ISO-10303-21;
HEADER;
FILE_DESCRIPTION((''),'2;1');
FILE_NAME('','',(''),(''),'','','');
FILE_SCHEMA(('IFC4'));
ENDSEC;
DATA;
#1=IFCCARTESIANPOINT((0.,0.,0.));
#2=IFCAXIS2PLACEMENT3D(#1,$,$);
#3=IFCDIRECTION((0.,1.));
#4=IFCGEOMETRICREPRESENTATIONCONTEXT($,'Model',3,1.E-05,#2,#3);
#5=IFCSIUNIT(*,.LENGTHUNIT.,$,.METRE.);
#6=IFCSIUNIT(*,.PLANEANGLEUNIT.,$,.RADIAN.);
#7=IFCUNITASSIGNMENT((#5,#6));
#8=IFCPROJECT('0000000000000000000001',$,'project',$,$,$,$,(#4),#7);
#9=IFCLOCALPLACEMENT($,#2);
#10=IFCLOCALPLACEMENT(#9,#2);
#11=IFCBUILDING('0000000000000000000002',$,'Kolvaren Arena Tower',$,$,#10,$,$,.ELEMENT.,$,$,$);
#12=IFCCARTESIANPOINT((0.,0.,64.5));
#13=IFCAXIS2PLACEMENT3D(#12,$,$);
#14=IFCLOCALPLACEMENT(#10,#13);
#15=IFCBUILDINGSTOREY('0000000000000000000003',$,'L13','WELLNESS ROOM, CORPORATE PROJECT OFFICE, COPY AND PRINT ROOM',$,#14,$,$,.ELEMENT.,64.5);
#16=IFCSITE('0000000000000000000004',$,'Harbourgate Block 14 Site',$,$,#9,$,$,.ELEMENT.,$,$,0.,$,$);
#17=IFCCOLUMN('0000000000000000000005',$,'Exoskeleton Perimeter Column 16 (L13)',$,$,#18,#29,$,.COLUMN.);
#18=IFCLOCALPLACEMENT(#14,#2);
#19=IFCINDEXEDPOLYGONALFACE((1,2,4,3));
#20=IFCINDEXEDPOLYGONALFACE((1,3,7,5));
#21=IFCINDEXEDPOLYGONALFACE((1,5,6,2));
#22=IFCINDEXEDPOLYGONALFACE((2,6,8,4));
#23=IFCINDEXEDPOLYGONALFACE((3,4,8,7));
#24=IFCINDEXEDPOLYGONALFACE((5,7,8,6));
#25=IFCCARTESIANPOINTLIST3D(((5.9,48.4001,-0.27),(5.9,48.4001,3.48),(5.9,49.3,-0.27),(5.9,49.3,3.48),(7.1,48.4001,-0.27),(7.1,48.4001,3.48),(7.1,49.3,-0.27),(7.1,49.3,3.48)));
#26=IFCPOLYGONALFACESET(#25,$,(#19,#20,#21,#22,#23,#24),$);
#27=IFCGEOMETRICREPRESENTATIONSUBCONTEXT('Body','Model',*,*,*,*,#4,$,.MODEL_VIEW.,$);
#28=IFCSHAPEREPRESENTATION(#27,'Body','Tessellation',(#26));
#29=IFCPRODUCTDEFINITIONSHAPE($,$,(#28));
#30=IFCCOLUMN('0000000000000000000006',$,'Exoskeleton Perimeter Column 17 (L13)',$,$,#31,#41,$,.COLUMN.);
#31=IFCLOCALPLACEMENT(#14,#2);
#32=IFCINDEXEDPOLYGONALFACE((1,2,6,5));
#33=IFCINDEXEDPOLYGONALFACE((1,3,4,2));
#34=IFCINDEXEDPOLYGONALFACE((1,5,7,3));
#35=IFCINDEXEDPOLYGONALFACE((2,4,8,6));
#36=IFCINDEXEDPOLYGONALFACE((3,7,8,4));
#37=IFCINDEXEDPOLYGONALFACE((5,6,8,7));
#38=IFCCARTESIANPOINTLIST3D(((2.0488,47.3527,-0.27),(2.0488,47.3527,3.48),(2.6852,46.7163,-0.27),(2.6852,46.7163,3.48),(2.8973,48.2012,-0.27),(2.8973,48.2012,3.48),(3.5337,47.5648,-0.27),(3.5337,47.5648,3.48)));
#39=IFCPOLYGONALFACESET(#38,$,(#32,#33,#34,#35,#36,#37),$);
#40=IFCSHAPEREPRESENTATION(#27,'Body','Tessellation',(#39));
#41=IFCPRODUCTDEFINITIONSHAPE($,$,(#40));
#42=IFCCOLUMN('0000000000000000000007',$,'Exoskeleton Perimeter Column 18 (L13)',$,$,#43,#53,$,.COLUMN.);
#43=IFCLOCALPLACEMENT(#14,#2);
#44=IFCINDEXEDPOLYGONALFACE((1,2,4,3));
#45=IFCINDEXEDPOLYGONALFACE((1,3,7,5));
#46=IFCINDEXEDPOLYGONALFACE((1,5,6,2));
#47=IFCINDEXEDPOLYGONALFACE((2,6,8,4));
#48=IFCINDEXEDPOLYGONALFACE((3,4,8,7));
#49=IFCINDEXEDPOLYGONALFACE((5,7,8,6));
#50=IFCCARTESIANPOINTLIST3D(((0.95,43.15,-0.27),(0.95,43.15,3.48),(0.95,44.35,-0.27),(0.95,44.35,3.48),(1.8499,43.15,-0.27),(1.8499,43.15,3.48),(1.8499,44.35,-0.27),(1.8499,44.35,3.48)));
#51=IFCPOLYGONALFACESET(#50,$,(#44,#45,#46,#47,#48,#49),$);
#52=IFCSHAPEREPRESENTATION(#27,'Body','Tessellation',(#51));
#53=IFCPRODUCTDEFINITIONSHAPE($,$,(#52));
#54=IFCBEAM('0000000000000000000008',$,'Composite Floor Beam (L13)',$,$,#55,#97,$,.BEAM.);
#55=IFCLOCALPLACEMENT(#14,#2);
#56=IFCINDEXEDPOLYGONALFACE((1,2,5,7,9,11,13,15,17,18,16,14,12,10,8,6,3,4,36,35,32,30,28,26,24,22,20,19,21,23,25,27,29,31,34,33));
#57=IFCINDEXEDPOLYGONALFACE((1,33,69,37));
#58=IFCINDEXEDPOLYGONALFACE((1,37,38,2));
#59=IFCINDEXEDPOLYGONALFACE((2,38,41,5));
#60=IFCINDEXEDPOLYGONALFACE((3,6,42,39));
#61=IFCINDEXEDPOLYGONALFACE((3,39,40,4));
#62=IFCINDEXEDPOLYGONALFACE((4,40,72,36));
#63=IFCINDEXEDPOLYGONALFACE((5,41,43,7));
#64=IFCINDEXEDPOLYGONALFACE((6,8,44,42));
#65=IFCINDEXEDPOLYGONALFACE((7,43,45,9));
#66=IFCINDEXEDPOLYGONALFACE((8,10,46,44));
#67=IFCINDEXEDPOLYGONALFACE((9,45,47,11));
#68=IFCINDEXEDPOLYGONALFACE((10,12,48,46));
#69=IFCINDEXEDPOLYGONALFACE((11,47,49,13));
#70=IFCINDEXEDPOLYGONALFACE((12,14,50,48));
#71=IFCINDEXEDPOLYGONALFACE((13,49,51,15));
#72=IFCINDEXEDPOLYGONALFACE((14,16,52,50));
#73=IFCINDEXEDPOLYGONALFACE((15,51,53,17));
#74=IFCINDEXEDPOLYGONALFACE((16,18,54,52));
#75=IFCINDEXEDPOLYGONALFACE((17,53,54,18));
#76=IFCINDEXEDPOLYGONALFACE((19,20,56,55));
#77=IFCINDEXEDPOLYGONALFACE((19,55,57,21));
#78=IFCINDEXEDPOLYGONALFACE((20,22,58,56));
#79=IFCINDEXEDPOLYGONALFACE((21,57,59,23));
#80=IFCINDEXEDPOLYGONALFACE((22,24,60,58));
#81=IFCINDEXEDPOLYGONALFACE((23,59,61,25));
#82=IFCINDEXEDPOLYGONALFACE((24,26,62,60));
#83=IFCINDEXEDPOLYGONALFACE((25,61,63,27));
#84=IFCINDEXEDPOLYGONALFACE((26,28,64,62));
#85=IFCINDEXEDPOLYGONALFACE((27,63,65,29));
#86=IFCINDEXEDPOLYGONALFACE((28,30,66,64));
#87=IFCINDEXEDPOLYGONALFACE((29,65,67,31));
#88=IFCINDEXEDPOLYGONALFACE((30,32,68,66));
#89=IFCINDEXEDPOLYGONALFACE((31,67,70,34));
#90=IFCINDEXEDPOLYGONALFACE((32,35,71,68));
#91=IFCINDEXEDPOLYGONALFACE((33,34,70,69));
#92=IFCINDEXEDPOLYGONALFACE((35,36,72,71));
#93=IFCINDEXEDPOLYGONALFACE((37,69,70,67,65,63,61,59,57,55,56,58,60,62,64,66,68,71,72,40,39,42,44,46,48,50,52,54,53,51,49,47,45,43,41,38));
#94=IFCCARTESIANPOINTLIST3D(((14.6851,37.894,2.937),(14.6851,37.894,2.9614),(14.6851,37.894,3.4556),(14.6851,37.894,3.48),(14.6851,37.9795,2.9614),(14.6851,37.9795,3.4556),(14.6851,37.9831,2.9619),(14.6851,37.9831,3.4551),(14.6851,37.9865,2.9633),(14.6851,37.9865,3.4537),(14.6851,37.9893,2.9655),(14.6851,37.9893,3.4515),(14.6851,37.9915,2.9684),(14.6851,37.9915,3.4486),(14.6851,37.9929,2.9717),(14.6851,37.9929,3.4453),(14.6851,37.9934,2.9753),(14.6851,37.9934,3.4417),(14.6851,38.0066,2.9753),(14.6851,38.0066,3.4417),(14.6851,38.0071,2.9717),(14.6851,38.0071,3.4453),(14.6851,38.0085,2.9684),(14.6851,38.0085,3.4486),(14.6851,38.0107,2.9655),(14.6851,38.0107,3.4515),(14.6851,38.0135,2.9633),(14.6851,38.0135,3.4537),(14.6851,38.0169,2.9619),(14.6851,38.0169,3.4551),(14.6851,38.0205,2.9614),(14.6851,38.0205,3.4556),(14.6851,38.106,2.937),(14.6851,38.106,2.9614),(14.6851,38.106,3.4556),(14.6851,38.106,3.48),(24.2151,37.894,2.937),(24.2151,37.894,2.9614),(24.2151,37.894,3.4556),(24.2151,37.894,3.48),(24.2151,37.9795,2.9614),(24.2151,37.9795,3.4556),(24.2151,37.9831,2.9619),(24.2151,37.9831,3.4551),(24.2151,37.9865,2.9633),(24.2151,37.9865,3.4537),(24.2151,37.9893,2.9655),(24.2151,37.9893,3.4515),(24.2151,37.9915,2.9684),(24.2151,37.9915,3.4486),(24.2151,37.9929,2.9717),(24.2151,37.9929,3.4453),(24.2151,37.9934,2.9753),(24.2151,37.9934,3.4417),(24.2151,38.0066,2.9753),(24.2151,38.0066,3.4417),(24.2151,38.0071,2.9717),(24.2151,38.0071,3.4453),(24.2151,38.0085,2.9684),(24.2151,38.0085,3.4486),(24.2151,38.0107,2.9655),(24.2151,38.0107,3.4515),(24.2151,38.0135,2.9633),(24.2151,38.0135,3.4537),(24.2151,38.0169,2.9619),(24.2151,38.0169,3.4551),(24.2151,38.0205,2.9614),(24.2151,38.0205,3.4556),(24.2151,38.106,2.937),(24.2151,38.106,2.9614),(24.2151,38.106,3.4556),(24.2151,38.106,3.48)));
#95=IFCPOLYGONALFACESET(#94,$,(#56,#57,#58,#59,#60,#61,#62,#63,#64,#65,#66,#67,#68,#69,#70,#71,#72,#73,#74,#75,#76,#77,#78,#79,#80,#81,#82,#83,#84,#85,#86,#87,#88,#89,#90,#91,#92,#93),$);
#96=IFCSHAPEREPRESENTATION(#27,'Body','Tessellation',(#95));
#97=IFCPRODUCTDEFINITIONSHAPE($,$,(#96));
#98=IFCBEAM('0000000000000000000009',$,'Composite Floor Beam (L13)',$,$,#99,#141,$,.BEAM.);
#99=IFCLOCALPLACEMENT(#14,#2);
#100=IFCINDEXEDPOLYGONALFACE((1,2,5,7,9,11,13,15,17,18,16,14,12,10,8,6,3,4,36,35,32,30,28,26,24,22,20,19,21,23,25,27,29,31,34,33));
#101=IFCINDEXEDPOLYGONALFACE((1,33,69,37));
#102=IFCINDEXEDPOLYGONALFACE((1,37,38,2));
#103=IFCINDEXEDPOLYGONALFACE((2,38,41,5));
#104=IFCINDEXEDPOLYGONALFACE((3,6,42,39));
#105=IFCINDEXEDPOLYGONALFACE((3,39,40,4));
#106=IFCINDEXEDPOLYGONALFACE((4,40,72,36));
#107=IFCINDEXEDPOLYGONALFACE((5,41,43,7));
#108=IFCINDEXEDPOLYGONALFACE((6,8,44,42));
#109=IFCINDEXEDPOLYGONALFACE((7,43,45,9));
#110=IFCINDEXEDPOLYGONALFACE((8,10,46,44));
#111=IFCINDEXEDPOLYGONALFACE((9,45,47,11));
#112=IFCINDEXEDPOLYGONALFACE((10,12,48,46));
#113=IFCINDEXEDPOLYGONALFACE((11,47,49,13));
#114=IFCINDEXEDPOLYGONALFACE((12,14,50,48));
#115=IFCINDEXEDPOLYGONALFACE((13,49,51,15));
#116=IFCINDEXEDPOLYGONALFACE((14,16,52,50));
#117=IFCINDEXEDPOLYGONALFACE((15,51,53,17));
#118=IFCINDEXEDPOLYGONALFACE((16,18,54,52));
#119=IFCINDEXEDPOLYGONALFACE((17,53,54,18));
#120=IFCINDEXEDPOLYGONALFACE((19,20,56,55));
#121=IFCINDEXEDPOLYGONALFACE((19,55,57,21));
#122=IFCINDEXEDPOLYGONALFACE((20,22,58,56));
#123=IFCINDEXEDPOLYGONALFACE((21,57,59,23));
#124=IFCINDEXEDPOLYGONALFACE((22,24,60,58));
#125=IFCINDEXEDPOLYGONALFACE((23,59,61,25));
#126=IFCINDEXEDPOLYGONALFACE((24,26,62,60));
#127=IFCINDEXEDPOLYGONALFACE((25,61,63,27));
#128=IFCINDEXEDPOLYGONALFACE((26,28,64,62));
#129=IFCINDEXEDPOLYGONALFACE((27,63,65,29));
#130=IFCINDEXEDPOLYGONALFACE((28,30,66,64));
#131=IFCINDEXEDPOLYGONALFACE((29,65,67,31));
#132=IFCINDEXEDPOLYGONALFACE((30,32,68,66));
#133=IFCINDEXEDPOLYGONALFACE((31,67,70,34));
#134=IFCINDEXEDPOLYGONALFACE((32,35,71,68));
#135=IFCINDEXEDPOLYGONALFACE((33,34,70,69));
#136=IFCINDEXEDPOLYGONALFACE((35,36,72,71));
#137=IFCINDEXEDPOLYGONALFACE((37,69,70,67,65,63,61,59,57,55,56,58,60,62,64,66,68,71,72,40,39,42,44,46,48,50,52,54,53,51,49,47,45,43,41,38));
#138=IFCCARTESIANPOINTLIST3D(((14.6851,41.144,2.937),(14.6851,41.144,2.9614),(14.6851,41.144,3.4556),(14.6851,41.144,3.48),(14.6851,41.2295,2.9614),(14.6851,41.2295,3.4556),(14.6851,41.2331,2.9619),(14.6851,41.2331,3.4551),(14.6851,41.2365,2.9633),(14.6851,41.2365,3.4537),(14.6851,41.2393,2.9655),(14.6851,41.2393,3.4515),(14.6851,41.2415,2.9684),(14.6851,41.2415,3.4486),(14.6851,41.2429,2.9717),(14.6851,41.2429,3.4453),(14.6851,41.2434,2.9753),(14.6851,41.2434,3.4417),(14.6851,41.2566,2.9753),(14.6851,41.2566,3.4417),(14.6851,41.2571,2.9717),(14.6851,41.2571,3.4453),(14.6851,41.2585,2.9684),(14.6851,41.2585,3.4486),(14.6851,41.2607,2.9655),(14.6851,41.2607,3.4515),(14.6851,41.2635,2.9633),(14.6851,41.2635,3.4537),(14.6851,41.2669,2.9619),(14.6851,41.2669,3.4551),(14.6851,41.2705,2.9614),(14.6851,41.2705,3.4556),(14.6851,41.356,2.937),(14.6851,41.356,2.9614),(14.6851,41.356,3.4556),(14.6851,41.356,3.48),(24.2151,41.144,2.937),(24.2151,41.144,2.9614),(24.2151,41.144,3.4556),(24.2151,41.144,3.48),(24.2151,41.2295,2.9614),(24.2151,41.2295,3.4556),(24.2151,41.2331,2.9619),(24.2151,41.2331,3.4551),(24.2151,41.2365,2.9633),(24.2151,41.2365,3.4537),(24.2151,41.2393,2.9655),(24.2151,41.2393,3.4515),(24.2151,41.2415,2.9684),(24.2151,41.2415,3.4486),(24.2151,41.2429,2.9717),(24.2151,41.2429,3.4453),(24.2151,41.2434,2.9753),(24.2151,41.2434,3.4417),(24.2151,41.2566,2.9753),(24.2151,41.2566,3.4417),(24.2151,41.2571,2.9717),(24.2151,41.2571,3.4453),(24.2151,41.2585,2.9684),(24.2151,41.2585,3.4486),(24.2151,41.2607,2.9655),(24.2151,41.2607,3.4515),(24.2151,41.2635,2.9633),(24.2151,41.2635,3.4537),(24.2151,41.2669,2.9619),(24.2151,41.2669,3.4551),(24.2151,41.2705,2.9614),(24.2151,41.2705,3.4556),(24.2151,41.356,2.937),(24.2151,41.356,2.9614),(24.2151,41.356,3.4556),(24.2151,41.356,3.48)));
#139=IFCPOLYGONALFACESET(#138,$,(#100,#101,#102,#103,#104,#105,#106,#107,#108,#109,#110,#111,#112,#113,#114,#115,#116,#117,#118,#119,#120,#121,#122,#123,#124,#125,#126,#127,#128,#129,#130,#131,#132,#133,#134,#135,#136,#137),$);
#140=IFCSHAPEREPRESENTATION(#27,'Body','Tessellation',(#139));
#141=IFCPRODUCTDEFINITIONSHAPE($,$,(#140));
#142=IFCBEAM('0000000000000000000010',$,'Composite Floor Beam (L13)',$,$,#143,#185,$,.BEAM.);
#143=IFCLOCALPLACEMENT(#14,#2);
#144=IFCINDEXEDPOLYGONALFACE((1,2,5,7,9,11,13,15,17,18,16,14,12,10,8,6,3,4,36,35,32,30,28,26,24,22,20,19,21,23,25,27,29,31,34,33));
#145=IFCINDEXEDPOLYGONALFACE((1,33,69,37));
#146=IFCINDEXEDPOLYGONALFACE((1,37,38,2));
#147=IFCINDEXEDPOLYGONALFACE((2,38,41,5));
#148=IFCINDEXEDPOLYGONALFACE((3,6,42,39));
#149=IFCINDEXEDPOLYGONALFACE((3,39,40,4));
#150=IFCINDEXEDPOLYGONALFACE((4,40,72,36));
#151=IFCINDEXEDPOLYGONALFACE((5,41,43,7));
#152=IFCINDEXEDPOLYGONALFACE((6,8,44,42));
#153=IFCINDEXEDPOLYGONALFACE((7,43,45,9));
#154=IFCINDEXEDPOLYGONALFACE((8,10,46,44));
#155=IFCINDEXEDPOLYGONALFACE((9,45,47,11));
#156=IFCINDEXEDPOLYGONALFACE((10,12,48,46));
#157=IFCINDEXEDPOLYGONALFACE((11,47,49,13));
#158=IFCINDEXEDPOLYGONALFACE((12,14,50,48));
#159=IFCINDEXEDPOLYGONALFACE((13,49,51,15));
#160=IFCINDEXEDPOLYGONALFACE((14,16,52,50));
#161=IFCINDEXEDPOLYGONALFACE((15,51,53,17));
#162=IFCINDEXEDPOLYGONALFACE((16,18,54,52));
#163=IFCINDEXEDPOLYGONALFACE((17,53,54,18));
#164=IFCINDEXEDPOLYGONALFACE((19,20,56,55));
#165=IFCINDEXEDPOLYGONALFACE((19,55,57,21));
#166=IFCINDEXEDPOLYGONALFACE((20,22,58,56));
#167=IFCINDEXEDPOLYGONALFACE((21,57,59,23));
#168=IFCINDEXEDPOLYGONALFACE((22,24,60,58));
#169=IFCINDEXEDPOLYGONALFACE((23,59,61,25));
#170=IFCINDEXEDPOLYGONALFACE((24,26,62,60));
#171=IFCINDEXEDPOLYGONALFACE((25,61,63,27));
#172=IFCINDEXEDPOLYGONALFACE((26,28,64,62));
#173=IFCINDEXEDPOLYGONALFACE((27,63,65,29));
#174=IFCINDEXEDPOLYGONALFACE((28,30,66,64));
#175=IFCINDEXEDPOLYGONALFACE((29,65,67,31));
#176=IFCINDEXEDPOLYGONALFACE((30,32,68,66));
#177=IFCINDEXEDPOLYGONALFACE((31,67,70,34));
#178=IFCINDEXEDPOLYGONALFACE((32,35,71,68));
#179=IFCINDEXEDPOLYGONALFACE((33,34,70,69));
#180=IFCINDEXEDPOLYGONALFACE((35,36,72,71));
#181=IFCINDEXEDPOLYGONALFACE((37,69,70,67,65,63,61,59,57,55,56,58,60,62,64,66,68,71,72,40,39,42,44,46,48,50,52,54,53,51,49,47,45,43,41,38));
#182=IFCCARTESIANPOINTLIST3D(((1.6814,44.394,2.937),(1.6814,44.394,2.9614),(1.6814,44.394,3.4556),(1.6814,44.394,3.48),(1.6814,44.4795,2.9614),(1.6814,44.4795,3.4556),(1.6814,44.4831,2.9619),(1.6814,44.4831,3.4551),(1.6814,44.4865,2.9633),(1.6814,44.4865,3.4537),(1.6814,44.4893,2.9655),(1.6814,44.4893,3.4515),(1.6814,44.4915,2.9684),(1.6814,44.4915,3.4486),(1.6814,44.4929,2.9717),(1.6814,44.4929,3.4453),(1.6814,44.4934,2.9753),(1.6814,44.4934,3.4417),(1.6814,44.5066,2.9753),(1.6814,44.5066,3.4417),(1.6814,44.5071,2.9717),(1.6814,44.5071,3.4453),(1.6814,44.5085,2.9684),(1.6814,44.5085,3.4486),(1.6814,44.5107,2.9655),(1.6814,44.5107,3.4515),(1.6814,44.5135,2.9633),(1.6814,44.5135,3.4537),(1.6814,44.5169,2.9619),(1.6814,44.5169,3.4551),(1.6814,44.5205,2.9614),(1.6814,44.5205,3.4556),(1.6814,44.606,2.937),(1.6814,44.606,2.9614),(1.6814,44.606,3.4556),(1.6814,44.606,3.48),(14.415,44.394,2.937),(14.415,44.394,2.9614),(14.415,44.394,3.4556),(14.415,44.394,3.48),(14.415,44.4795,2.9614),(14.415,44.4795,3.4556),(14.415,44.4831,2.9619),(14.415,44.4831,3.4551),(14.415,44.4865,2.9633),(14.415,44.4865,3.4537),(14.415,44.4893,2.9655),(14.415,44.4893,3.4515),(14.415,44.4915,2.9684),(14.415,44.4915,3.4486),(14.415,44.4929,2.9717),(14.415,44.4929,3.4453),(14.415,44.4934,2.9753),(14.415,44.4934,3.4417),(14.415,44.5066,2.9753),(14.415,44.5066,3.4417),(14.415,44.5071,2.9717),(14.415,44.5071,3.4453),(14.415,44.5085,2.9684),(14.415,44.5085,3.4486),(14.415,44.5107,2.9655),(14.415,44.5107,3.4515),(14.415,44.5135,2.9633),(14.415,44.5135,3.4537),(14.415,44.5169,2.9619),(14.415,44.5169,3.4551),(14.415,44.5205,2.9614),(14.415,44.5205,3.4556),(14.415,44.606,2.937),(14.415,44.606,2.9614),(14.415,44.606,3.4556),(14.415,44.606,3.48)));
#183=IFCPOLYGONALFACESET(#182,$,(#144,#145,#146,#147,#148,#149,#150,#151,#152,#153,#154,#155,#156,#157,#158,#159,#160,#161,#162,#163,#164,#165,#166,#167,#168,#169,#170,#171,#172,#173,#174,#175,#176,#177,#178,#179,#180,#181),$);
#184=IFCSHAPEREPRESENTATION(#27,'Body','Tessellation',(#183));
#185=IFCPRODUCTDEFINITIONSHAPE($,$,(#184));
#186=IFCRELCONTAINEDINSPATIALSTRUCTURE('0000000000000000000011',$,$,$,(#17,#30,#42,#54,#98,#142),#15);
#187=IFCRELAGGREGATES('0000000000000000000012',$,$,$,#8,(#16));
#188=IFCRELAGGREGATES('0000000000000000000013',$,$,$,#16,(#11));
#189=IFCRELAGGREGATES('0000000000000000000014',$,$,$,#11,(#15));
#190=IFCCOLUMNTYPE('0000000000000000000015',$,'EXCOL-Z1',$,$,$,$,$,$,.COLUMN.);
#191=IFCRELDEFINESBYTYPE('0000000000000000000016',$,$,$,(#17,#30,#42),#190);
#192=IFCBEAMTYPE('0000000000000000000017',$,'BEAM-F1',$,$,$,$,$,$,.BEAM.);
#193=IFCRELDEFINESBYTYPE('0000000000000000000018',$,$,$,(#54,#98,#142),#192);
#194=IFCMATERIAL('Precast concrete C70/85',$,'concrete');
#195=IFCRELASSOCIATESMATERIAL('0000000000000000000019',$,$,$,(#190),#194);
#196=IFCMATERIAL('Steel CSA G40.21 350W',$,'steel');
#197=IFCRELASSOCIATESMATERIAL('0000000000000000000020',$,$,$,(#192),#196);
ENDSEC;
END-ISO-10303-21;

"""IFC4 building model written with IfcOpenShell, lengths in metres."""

from ifc_helpers import new_model, si_unit, direction, frame, origin, origin_2d, place, context, subcontext, project, spatial, rectangle, i_section, extrude, material, material_profile, profile_set, type_object, element, save


model = new_model("IFC4")

# Units and contexts
model_context = context("Model", 3, precision=1e-05, world=origin(), true_north=direction((0.0, 1.0)))
body_context = subcontext(model_context, "Body", "Model", "MODEL_VIEW")
ifc_project = project(units=[si_unit("LENGTHUNIT", "METRE"), si_unit("PLANEANGLEUNIT", "RADIAN")], contexts=[model_context])

# Site, building, storey
site_placement = place(None, origin())
site = spatial("IfcSite", under=ifc_project, at=site_placement, Name="Harbourgate Block 14 Site", CompositionType="ELEMENT", RefElevation=0.0)
building_placement = place(site_placement, origin())
building = spatial("IfcBuilding", under=site, at=building_placement, Name="Kolvaren Arena Tower", CompositionType="ELEMENT")
storey_placement = place(building_placement, frame((0.0, 0.0, 64.5)))
storey = spatial("IfcBuildingStorey", under=building, at=storey_placement, Name="L13", Description="WELLNESS ROOM, CORPORATE PROJECT OFFICE, COPY AND PRINT ROOM", CompositionType="ELEMENT", Elevation=64.5)

# Columns
ifc_material_1 = material(Name="Precast concrete C70/85", Category="concrete")
ifc_material_profile_1 = material_profile(ifc_material_1, rectangle(XDim=1.2, YDim=0.8999, at=origin_2d()), Name="RC-1200x900")
ifc_profile_set_1 = profile_set([ifc_material_profile_1], Name="Precast concrete C70/85")
column_type = type_object("IfcColumnType", Name="EXCOL-Z1", PredefinedType="COLUMN", material=ifc_profile_set_1)
for number, where, z_axis, x_axis, name in (
    (1, (6.5, 48.8501, -0.27), (0.0, 0.0, 1.0), (1.0, 0.0, 0.0), "Exoskeleton Perimeter Column 16 (L13)"),
    (2, (2.7913, 47.4587, -0.27), (0.0, 0.0, 1.0), (0.707107, 0.707107, 0.0), "Exoskeleton Perimeter Column 17 (L13)"),
    (3, (1.3999, 43.75, -0.27), (0.0, 0.0, 1.0), (0.0, 1.0, 0.0), "Exoskeleton Perimeter Column 18 (L13)"),
):
    element("IfcColumn", number, at=place(storey_placement, frame(where, z_axis=z_axis, x_axis=x_axis)), inside=storey, type_object=column_type, Name=name, PredefinedType="COLUMN", context=body_context, shape_type="SweptSolid", body=[
        extrude(rectangle(XDim=1.2, YDim=0.8999, at=origin_2d()), origin(), (0.0, 0.0, 1.0), 3.75),
    ])

# Beams
ifc_material_2 = material(Name="Steel CSA G40.21 350W", Category="steel")
ifc_material_profile_2 = material_profile(ifc_material_2, i_section(OverallWidth=0.2119, OverallDepth=0.543, WebThickness=0.0132, FlangeThickness=0.0244, FilletRadius=0.0139, at=origin_2d()), Name="W530x150")
ifc_profile_set_2 = profile_set([ifc_material_profile_2], Name="Steel CSA G40.21 350W")
beam_type_1 = type_object("IfcBeamType", Name="BEAM-F1", PredefinedType="BEAM", material=ifc_profile_set_2)
for number, where, z_axis, x_axis, name in (
    (4, (14.6851, 38.0, 3.2085), (1.0, 0.0, 0.0), (0.0, 1.0, 0.0), "Composite Floor Beam (L13)"),
    (5, (14.6851, 41.25, 3.2085), (1.0, 0.0, 0.0), (0.0, 1.0, 0.0), "Composite Floor Beam (L13)"),
):
    element("IfcBeam", number, at=place(storey_placement, frame(where, z_axis=z_axis, x_axis=x_axis)), inside=storey, type_object=beam_type_1, Name=name, PredefinedType="BEAM", context=body_context, shape_type="SweptSolid", body=[
        extrude(i_section(OverallWidth=0.2119, OverallDepth=0.543, WebThickness=0.0132, FlangeThickness=0.0244, FilletRadius=0.0139, at=origin_2d()), origin(), (0.0, 0.0, 1.0), 9.53),
    ])
beam_1_placement = place(storey_placement, frame((1.6814, 44.5, 3.2085), z_axis=(1.0, 0.0, 0.0), x_axis=(0.0, 1.0, 0.0)))
element("IfcBeam", 6, at=beam_1_placement, inside=storey, type_object=beam_type_1, Name="Composite Floor Beam (L13)", PredefinedType="BEAM", context=body_context, shape_type="SweptSolid", body=[
    extrude(i_section(OverallWidth=0.2119, OverallDepth=0.543, WebThickness=0.0132, FlangeThickness=0.0244, FilletRadius=0.0139, at=origin_2d()), origin(), (0.0, 0.0, 1.0), 12.7336),
])

save(model, "model.ifc")
